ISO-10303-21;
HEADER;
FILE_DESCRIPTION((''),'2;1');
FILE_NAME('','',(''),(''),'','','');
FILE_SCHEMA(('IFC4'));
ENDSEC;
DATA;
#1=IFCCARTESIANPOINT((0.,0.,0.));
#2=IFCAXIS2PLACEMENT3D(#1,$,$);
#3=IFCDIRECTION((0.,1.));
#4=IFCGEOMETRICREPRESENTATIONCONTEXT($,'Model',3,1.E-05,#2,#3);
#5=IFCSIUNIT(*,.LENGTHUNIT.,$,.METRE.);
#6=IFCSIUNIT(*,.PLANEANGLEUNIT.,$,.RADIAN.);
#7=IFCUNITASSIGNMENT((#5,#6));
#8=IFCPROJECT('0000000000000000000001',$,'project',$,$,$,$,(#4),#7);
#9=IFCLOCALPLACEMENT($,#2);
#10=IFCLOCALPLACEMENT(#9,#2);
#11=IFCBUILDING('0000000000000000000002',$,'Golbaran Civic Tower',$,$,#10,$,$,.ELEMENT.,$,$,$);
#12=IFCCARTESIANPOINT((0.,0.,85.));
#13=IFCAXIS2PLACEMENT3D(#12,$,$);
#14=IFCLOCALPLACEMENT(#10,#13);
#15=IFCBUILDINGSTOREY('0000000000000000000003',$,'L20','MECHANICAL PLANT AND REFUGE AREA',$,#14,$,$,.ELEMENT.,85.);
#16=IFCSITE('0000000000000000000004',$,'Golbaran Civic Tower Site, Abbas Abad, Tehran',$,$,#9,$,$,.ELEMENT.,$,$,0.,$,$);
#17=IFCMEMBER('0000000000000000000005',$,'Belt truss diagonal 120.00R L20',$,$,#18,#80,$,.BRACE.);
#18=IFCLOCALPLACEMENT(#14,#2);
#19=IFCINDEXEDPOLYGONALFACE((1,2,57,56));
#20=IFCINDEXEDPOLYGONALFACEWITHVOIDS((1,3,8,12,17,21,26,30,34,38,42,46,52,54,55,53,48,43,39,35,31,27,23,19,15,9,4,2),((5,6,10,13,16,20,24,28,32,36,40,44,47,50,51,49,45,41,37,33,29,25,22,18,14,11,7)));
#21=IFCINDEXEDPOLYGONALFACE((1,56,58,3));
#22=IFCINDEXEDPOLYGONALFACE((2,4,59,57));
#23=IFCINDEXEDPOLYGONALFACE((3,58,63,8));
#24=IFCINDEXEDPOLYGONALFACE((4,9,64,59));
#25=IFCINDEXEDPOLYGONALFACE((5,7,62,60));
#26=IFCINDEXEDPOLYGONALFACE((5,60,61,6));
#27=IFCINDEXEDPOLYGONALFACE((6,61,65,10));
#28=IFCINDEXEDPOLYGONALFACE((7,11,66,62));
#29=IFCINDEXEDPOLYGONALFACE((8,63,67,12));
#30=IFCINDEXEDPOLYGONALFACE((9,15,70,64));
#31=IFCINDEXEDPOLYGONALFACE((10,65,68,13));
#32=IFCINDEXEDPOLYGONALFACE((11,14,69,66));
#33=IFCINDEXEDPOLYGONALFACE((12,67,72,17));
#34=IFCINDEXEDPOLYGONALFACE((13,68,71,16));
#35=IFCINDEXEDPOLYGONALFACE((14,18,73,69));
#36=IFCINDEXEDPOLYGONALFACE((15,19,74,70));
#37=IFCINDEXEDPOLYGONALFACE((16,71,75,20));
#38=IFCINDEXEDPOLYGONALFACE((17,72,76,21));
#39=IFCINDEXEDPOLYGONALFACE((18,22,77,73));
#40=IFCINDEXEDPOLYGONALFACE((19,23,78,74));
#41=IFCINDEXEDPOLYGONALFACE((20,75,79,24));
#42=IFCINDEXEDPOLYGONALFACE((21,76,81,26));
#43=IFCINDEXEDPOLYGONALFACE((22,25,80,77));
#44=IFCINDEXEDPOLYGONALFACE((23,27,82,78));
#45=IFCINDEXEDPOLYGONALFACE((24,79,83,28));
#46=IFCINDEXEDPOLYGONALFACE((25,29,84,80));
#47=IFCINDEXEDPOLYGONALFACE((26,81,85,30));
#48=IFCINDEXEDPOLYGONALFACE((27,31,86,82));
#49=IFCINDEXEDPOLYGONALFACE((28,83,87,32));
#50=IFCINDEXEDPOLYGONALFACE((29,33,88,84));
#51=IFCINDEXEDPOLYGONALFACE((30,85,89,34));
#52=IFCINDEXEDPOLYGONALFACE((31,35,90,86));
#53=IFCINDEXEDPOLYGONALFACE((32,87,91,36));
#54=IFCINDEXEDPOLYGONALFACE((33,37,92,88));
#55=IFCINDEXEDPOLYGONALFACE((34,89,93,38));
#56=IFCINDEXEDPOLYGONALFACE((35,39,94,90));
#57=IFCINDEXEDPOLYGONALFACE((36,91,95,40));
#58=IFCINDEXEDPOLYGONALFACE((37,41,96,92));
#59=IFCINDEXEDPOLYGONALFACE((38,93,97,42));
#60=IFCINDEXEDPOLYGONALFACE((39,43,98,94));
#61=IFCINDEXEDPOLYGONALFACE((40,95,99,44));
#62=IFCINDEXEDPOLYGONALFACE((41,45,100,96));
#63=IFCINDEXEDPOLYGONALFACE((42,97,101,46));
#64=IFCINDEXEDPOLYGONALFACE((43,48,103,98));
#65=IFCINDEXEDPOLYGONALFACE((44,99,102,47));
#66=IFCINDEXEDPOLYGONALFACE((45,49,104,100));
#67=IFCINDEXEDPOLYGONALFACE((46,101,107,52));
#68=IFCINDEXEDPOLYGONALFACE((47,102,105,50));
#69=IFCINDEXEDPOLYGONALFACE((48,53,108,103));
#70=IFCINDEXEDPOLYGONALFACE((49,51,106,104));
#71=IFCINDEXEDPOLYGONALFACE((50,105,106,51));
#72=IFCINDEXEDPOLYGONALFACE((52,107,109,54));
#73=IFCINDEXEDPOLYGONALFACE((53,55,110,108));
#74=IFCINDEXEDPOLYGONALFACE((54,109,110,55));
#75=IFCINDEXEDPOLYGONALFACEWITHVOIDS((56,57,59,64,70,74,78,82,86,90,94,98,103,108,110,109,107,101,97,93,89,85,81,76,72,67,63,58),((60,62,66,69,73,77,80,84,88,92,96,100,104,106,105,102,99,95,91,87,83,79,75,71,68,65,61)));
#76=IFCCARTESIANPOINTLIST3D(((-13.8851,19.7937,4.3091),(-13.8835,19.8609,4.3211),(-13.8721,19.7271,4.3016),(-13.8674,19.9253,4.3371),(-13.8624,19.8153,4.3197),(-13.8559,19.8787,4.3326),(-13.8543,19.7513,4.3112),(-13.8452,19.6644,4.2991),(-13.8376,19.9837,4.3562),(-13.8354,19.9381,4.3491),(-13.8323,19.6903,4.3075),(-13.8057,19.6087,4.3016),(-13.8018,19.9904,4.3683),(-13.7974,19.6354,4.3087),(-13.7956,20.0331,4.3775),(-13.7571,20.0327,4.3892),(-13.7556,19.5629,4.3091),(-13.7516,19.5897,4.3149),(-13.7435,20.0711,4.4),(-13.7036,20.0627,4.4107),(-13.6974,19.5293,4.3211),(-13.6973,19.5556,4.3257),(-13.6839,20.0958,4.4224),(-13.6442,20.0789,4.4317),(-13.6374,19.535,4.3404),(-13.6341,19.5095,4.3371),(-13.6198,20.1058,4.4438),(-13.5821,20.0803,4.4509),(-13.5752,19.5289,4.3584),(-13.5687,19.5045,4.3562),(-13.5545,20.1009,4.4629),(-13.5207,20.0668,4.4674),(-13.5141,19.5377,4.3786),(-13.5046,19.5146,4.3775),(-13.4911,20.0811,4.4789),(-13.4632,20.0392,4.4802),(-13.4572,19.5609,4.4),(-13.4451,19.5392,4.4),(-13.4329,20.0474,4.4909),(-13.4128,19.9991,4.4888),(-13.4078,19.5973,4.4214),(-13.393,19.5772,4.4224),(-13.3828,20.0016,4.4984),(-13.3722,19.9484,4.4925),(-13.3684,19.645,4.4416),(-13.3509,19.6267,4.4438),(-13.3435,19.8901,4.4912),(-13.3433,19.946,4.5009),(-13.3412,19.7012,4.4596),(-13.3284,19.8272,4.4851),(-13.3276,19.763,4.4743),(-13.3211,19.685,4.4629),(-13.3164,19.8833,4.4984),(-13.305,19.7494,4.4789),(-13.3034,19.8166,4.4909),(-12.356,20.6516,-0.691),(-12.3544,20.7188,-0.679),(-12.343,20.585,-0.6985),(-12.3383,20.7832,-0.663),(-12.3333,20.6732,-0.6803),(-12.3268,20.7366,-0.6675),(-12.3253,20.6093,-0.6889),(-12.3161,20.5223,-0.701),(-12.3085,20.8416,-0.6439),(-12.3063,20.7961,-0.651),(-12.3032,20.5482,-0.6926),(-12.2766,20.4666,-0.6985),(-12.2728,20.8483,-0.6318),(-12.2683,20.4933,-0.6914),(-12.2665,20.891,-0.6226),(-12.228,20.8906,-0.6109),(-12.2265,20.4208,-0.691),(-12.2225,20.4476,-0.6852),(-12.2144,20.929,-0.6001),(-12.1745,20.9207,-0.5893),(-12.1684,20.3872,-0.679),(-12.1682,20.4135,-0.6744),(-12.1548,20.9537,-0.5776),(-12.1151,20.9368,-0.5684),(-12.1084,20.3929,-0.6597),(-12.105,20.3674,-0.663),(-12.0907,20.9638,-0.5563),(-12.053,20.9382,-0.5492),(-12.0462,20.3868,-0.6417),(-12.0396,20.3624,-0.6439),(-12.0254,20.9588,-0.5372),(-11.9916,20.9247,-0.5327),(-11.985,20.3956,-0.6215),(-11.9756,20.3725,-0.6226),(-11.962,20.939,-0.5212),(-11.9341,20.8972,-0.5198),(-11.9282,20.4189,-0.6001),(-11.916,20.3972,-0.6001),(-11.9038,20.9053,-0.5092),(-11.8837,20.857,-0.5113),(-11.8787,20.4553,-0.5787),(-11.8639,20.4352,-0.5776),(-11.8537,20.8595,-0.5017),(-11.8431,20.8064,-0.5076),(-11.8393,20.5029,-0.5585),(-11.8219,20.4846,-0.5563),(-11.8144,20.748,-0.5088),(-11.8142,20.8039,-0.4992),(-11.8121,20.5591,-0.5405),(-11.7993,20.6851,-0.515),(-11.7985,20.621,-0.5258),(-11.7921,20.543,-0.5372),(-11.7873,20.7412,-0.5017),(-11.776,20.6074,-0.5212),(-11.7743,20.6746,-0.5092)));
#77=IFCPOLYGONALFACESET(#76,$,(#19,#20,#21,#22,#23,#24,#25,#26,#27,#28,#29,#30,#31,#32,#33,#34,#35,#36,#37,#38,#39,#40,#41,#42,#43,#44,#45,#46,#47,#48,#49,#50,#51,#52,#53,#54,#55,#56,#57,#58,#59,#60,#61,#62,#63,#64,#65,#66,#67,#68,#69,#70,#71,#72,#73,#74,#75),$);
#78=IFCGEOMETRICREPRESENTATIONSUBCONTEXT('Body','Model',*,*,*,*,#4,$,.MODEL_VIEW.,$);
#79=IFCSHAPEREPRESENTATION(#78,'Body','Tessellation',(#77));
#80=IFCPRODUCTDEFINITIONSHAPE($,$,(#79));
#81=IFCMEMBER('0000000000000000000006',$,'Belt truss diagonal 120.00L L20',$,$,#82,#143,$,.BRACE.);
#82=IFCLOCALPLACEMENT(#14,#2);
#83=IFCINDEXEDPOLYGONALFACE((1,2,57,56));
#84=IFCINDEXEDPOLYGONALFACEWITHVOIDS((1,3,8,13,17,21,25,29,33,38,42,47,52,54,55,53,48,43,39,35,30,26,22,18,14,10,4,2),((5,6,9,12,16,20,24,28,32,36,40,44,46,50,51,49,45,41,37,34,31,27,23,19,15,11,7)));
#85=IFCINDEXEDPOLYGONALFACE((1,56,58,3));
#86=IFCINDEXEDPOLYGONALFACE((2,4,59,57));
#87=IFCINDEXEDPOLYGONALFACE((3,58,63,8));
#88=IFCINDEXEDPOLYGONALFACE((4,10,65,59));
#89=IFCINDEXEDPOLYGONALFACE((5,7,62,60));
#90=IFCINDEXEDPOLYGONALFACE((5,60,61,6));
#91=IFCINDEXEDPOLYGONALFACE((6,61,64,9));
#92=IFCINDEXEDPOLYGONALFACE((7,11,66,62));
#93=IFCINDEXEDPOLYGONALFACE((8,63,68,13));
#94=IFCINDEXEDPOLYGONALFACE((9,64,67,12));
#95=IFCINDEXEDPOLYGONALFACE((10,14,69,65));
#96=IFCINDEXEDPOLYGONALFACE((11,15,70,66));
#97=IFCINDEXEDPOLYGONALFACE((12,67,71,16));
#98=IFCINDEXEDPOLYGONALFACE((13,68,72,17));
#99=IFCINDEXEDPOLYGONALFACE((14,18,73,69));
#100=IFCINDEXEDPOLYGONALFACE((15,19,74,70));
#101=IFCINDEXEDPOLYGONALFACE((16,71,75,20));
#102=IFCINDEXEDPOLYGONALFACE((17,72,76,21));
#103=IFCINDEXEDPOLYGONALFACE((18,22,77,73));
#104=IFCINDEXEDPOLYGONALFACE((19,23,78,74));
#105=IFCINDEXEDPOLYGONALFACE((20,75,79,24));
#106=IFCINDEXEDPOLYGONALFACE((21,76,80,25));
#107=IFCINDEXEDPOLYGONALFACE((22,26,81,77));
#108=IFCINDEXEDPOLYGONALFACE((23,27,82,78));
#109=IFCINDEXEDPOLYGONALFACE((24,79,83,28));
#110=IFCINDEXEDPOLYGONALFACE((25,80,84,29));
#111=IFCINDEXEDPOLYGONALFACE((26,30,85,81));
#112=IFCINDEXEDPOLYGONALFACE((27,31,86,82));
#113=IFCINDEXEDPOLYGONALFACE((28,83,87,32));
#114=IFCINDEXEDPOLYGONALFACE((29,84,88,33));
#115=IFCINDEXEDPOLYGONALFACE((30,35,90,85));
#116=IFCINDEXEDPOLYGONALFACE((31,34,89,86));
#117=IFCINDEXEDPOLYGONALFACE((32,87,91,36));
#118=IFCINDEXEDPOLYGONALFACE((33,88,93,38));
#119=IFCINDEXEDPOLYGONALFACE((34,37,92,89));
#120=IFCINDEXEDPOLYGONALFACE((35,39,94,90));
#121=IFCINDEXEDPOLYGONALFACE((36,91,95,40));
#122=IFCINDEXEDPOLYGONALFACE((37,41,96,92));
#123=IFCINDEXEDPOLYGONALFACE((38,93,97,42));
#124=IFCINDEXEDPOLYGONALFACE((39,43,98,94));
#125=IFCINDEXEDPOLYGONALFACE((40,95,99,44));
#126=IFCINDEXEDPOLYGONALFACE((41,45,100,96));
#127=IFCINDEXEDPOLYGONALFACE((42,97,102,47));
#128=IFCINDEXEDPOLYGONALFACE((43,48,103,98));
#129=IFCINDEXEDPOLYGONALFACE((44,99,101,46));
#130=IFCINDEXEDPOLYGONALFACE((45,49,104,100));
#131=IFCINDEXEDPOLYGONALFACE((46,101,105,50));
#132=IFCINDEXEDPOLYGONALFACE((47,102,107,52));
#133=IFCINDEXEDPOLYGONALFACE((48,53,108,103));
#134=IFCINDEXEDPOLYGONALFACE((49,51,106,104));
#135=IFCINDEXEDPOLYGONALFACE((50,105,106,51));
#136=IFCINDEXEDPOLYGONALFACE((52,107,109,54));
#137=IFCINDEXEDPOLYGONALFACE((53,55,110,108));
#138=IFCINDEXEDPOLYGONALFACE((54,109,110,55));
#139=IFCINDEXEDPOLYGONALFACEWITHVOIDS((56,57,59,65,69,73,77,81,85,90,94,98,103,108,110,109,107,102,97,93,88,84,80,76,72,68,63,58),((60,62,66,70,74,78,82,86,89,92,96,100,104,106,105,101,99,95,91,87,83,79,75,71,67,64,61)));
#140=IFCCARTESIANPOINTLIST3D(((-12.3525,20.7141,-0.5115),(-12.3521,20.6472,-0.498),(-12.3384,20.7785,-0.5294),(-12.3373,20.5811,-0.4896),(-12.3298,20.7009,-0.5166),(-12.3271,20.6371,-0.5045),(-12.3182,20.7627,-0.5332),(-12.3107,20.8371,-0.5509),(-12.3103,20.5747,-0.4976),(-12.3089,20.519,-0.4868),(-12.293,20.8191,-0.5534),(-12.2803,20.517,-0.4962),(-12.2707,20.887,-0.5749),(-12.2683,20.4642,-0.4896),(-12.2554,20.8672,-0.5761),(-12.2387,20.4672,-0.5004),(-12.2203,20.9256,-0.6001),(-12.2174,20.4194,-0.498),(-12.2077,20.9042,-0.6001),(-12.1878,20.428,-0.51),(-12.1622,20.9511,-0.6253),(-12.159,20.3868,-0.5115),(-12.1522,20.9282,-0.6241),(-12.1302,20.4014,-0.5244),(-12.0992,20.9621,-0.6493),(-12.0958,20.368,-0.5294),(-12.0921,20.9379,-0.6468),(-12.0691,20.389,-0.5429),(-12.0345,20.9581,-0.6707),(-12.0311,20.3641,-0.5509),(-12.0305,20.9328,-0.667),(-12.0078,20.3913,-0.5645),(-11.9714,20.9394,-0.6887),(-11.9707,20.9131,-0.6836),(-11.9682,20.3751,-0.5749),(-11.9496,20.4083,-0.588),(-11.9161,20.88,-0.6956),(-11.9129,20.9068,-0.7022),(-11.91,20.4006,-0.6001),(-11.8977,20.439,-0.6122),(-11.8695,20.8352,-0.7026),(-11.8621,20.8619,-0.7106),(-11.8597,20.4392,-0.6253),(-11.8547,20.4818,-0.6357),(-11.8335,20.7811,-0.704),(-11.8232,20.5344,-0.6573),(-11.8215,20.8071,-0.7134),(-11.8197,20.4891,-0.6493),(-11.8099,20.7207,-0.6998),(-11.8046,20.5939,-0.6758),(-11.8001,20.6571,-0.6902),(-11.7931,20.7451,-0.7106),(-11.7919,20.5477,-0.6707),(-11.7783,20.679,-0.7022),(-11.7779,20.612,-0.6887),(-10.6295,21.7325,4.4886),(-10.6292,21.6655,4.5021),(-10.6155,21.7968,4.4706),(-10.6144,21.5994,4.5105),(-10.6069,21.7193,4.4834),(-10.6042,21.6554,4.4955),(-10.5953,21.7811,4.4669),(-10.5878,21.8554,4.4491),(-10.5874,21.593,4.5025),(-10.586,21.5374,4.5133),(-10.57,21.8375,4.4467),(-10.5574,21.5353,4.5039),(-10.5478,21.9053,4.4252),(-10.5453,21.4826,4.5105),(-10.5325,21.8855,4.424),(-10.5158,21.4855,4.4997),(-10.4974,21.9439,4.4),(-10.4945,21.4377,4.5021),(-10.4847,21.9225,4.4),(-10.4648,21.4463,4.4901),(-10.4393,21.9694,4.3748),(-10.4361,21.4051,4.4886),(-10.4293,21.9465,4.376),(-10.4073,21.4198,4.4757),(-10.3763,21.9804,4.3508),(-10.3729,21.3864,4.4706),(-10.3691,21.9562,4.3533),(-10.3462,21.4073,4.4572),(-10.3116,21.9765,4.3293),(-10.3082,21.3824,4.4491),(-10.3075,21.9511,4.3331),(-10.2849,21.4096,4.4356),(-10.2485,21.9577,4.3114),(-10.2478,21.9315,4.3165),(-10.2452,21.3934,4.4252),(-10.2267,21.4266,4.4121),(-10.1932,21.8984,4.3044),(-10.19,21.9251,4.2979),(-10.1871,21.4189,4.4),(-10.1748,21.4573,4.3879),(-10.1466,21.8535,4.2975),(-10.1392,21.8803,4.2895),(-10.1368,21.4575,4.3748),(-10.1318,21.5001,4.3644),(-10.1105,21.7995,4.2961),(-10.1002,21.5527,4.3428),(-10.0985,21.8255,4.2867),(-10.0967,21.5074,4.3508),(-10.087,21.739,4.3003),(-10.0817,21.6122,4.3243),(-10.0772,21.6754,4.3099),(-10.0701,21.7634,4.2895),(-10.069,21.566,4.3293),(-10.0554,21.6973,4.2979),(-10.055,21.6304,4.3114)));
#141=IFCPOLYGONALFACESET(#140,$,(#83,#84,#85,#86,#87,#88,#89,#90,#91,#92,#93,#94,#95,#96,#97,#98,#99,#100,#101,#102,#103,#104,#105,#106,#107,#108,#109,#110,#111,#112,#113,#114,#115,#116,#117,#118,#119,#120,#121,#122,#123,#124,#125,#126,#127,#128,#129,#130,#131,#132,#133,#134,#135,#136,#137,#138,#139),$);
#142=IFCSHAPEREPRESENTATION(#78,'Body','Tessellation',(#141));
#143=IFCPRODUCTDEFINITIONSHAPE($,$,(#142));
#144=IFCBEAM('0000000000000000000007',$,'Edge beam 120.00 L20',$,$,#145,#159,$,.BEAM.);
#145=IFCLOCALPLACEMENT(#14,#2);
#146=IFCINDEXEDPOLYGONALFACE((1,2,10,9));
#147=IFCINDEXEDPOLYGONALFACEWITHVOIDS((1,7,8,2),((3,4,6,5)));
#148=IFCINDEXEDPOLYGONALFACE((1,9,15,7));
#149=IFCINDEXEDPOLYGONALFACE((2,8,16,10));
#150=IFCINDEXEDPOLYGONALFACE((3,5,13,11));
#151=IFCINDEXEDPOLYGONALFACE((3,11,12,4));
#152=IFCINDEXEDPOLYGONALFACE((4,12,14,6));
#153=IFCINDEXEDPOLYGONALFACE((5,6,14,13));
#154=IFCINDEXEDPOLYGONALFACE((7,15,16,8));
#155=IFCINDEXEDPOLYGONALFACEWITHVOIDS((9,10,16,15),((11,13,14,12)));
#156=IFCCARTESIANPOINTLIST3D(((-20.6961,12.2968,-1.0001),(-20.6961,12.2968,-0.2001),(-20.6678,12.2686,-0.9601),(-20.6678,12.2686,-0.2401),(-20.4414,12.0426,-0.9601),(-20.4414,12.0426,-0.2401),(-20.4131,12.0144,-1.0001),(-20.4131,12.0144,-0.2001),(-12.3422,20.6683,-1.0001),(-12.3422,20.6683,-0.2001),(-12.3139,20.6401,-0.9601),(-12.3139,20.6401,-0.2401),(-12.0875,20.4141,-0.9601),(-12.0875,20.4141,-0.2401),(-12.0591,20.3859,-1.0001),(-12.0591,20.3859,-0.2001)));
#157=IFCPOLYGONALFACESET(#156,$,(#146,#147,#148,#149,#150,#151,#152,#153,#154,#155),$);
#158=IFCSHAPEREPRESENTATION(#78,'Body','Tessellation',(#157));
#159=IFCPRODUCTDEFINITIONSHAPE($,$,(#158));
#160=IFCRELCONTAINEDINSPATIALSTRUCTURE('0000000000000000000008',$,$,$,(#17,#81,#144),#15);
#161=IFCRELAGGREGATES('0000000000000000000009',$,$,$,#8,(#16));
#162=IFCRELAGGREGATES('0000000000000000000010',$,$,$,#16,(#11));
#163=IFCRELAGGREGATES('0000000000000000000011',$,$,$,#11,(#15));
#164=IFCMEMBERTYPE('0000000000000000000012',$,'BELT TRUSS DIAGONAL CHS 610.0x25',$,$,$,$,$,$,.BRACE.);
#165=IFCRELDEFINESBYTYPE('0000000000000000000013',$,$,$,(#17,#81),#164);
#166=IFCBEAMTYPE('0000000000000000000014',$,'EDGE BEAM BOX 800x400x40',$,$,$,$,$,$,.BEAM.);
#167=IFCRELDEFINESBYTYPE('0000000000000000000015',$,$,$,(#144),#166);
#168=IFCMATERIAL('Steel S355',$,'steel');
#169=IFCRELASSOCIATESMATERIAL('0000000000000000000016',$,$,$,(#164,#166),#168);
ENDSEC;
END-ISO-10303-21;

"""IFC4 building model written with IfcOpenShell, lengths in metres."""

from ifc_helpers import new_model, si_unit, direction, frame, origin, origin_2d, place, context, subcontext, project, spatial, hollow_rectangle, hollow_circle, extrude, material, material_profile, profile_set, type_object, element, save


model = new_model("IFC4")

# Units and contexts
model_context = context("Model", 3, precision=1e-05, world=origin(), true_north=direction((0.0, 1.0)))
body_context = subcontext(model_context, "Body", "Model", "MODEL_VIEW")
ifc_project = project(units=[si_unit("LENGTHUNIT", "METRE"), si_unit("PLANEANGLEUNIT", "RADIAN")], contexts=[model_context])

# Site, building, storey
site_placement = place(None, origin())
site = spatial("IfcSite", under=ifc_project, at=site_placement, Name="Golbaran Civic Tower Site, Abbas Abad, Tehran", CompositionType="ELEMENT", RefElevation=0.0)
building_placement = place(site_placement, origin())
building = spatial("IfcBuilding", under=site, at=building_placement, Name="Golbaran Civic Tower", CompositionType="ELEMENT")
storey_placement = place(building_placement, frame((0.0, 0.0, 85.0)))
storey = spatial("IfcBuildingStorey", under=building, at=storey_placement, Name="L20", Description="MECHANICAL PLANT AND REFUGE AREA", CompositionType="ELEMENT", Elevation=85.0)

# Members
ifc_material_1 = material(Name="Steel S355", Category="steel")
ifc_material_profile_1 = material_profile(ifc_material_1, hollow_circle(Radius=0.3049, WallThickness=0.0249, at=origin_2d()), Name="CHS 610.0x25")
ifc_profile_set_1 = profile_set([ifc_material_profile_1], Name="Steel S355")
member_type_1 = type_object("IfcMemberType", Name="BELT TRUSS DIAGONAL CHS 610.0x25", PredefinedType="BRACE", material=ifc_profile_set_1)
member_1_placement = place(storey_placement, frame((-12.0652, 20.6631, -0.6001), z_axis=(-0.288583, -0.161916, 0.943665), x_axis=(0.489316, -0.872107, 0.0)))
element("IfcMember", 1, at=member_1_placement, inside=storey, type_object=member_type_1, Name="Belt truss diagonal 120.00R L20", PredefinedType="BRACE", context=body_context, shape_type="SweptSolid", body=[
    extrude(hollow_circle(Radius=0.3049, WallThickness=0.0249, at=origin_2d()), origin(), (0.0, 0.0, 1.0), 5.2986),
])
member_2_placement = place(storey_placement, frame((-12.0652, 20.6631, -0.6001), z_axis=(0.319905, 0.189078, 0.928391), x_axis=(-0.508816, 0.860876, 0.0)))
element("IfcMember", 2, at=member_2_placement, inside=storey, type_object=member_type_1, Name="Belt truss diagonal 120.00L L20", PredefinedType="BRACE", context=body_context, shape_type="SweptSolid", body=[
    extrude(hollow_circle(Radius=0.3049, WallThickness=0.0249, at=origin_2d()), origin(), (0.0, 0.0, 1.0), 5.3857),
])

# Beam
ifc_material_profile_2 = material_profile(ifc_material_1, hollow_rectangle(XDim=0.3999, YDim=0.8, WallThickness=0.04, at=origin_2d()), Name="BOX 800x400x40")
ifc_profile_set_2 = profile_set([ifc_material_profile_2], Name="Steel S355")
beam_type_1 = type_object("IfcBeamType", Name="EDGE BEAM BOX 800x400x40", PredefinedType="BEAM", material=ifc_profile_set_2)
beam_1_placement = place(storey_placement, frame((-12.2007, 20.5271, -0.6001), z_axis=(-0.706363, -0.70785, 0.0), x_axis=(0.70785, -0.706363, 0.0)))
element("IfcBeam", 3, at=beam_1_placement, inside=storey, type_object=beam_type_1, Name="Edge beam 120.00 L20", PredefinedType="BEAM", context=body_context, shape_type="SweptSolid", body=[
    extrude(hollow_rectangle(XDim=0.3999, YDim=0.8, WallThickness=0.04, at=origin_2d()), origin(), (0.0, 0.0, 1.0), 11.8267),
])

save(model, "model.ifc")
